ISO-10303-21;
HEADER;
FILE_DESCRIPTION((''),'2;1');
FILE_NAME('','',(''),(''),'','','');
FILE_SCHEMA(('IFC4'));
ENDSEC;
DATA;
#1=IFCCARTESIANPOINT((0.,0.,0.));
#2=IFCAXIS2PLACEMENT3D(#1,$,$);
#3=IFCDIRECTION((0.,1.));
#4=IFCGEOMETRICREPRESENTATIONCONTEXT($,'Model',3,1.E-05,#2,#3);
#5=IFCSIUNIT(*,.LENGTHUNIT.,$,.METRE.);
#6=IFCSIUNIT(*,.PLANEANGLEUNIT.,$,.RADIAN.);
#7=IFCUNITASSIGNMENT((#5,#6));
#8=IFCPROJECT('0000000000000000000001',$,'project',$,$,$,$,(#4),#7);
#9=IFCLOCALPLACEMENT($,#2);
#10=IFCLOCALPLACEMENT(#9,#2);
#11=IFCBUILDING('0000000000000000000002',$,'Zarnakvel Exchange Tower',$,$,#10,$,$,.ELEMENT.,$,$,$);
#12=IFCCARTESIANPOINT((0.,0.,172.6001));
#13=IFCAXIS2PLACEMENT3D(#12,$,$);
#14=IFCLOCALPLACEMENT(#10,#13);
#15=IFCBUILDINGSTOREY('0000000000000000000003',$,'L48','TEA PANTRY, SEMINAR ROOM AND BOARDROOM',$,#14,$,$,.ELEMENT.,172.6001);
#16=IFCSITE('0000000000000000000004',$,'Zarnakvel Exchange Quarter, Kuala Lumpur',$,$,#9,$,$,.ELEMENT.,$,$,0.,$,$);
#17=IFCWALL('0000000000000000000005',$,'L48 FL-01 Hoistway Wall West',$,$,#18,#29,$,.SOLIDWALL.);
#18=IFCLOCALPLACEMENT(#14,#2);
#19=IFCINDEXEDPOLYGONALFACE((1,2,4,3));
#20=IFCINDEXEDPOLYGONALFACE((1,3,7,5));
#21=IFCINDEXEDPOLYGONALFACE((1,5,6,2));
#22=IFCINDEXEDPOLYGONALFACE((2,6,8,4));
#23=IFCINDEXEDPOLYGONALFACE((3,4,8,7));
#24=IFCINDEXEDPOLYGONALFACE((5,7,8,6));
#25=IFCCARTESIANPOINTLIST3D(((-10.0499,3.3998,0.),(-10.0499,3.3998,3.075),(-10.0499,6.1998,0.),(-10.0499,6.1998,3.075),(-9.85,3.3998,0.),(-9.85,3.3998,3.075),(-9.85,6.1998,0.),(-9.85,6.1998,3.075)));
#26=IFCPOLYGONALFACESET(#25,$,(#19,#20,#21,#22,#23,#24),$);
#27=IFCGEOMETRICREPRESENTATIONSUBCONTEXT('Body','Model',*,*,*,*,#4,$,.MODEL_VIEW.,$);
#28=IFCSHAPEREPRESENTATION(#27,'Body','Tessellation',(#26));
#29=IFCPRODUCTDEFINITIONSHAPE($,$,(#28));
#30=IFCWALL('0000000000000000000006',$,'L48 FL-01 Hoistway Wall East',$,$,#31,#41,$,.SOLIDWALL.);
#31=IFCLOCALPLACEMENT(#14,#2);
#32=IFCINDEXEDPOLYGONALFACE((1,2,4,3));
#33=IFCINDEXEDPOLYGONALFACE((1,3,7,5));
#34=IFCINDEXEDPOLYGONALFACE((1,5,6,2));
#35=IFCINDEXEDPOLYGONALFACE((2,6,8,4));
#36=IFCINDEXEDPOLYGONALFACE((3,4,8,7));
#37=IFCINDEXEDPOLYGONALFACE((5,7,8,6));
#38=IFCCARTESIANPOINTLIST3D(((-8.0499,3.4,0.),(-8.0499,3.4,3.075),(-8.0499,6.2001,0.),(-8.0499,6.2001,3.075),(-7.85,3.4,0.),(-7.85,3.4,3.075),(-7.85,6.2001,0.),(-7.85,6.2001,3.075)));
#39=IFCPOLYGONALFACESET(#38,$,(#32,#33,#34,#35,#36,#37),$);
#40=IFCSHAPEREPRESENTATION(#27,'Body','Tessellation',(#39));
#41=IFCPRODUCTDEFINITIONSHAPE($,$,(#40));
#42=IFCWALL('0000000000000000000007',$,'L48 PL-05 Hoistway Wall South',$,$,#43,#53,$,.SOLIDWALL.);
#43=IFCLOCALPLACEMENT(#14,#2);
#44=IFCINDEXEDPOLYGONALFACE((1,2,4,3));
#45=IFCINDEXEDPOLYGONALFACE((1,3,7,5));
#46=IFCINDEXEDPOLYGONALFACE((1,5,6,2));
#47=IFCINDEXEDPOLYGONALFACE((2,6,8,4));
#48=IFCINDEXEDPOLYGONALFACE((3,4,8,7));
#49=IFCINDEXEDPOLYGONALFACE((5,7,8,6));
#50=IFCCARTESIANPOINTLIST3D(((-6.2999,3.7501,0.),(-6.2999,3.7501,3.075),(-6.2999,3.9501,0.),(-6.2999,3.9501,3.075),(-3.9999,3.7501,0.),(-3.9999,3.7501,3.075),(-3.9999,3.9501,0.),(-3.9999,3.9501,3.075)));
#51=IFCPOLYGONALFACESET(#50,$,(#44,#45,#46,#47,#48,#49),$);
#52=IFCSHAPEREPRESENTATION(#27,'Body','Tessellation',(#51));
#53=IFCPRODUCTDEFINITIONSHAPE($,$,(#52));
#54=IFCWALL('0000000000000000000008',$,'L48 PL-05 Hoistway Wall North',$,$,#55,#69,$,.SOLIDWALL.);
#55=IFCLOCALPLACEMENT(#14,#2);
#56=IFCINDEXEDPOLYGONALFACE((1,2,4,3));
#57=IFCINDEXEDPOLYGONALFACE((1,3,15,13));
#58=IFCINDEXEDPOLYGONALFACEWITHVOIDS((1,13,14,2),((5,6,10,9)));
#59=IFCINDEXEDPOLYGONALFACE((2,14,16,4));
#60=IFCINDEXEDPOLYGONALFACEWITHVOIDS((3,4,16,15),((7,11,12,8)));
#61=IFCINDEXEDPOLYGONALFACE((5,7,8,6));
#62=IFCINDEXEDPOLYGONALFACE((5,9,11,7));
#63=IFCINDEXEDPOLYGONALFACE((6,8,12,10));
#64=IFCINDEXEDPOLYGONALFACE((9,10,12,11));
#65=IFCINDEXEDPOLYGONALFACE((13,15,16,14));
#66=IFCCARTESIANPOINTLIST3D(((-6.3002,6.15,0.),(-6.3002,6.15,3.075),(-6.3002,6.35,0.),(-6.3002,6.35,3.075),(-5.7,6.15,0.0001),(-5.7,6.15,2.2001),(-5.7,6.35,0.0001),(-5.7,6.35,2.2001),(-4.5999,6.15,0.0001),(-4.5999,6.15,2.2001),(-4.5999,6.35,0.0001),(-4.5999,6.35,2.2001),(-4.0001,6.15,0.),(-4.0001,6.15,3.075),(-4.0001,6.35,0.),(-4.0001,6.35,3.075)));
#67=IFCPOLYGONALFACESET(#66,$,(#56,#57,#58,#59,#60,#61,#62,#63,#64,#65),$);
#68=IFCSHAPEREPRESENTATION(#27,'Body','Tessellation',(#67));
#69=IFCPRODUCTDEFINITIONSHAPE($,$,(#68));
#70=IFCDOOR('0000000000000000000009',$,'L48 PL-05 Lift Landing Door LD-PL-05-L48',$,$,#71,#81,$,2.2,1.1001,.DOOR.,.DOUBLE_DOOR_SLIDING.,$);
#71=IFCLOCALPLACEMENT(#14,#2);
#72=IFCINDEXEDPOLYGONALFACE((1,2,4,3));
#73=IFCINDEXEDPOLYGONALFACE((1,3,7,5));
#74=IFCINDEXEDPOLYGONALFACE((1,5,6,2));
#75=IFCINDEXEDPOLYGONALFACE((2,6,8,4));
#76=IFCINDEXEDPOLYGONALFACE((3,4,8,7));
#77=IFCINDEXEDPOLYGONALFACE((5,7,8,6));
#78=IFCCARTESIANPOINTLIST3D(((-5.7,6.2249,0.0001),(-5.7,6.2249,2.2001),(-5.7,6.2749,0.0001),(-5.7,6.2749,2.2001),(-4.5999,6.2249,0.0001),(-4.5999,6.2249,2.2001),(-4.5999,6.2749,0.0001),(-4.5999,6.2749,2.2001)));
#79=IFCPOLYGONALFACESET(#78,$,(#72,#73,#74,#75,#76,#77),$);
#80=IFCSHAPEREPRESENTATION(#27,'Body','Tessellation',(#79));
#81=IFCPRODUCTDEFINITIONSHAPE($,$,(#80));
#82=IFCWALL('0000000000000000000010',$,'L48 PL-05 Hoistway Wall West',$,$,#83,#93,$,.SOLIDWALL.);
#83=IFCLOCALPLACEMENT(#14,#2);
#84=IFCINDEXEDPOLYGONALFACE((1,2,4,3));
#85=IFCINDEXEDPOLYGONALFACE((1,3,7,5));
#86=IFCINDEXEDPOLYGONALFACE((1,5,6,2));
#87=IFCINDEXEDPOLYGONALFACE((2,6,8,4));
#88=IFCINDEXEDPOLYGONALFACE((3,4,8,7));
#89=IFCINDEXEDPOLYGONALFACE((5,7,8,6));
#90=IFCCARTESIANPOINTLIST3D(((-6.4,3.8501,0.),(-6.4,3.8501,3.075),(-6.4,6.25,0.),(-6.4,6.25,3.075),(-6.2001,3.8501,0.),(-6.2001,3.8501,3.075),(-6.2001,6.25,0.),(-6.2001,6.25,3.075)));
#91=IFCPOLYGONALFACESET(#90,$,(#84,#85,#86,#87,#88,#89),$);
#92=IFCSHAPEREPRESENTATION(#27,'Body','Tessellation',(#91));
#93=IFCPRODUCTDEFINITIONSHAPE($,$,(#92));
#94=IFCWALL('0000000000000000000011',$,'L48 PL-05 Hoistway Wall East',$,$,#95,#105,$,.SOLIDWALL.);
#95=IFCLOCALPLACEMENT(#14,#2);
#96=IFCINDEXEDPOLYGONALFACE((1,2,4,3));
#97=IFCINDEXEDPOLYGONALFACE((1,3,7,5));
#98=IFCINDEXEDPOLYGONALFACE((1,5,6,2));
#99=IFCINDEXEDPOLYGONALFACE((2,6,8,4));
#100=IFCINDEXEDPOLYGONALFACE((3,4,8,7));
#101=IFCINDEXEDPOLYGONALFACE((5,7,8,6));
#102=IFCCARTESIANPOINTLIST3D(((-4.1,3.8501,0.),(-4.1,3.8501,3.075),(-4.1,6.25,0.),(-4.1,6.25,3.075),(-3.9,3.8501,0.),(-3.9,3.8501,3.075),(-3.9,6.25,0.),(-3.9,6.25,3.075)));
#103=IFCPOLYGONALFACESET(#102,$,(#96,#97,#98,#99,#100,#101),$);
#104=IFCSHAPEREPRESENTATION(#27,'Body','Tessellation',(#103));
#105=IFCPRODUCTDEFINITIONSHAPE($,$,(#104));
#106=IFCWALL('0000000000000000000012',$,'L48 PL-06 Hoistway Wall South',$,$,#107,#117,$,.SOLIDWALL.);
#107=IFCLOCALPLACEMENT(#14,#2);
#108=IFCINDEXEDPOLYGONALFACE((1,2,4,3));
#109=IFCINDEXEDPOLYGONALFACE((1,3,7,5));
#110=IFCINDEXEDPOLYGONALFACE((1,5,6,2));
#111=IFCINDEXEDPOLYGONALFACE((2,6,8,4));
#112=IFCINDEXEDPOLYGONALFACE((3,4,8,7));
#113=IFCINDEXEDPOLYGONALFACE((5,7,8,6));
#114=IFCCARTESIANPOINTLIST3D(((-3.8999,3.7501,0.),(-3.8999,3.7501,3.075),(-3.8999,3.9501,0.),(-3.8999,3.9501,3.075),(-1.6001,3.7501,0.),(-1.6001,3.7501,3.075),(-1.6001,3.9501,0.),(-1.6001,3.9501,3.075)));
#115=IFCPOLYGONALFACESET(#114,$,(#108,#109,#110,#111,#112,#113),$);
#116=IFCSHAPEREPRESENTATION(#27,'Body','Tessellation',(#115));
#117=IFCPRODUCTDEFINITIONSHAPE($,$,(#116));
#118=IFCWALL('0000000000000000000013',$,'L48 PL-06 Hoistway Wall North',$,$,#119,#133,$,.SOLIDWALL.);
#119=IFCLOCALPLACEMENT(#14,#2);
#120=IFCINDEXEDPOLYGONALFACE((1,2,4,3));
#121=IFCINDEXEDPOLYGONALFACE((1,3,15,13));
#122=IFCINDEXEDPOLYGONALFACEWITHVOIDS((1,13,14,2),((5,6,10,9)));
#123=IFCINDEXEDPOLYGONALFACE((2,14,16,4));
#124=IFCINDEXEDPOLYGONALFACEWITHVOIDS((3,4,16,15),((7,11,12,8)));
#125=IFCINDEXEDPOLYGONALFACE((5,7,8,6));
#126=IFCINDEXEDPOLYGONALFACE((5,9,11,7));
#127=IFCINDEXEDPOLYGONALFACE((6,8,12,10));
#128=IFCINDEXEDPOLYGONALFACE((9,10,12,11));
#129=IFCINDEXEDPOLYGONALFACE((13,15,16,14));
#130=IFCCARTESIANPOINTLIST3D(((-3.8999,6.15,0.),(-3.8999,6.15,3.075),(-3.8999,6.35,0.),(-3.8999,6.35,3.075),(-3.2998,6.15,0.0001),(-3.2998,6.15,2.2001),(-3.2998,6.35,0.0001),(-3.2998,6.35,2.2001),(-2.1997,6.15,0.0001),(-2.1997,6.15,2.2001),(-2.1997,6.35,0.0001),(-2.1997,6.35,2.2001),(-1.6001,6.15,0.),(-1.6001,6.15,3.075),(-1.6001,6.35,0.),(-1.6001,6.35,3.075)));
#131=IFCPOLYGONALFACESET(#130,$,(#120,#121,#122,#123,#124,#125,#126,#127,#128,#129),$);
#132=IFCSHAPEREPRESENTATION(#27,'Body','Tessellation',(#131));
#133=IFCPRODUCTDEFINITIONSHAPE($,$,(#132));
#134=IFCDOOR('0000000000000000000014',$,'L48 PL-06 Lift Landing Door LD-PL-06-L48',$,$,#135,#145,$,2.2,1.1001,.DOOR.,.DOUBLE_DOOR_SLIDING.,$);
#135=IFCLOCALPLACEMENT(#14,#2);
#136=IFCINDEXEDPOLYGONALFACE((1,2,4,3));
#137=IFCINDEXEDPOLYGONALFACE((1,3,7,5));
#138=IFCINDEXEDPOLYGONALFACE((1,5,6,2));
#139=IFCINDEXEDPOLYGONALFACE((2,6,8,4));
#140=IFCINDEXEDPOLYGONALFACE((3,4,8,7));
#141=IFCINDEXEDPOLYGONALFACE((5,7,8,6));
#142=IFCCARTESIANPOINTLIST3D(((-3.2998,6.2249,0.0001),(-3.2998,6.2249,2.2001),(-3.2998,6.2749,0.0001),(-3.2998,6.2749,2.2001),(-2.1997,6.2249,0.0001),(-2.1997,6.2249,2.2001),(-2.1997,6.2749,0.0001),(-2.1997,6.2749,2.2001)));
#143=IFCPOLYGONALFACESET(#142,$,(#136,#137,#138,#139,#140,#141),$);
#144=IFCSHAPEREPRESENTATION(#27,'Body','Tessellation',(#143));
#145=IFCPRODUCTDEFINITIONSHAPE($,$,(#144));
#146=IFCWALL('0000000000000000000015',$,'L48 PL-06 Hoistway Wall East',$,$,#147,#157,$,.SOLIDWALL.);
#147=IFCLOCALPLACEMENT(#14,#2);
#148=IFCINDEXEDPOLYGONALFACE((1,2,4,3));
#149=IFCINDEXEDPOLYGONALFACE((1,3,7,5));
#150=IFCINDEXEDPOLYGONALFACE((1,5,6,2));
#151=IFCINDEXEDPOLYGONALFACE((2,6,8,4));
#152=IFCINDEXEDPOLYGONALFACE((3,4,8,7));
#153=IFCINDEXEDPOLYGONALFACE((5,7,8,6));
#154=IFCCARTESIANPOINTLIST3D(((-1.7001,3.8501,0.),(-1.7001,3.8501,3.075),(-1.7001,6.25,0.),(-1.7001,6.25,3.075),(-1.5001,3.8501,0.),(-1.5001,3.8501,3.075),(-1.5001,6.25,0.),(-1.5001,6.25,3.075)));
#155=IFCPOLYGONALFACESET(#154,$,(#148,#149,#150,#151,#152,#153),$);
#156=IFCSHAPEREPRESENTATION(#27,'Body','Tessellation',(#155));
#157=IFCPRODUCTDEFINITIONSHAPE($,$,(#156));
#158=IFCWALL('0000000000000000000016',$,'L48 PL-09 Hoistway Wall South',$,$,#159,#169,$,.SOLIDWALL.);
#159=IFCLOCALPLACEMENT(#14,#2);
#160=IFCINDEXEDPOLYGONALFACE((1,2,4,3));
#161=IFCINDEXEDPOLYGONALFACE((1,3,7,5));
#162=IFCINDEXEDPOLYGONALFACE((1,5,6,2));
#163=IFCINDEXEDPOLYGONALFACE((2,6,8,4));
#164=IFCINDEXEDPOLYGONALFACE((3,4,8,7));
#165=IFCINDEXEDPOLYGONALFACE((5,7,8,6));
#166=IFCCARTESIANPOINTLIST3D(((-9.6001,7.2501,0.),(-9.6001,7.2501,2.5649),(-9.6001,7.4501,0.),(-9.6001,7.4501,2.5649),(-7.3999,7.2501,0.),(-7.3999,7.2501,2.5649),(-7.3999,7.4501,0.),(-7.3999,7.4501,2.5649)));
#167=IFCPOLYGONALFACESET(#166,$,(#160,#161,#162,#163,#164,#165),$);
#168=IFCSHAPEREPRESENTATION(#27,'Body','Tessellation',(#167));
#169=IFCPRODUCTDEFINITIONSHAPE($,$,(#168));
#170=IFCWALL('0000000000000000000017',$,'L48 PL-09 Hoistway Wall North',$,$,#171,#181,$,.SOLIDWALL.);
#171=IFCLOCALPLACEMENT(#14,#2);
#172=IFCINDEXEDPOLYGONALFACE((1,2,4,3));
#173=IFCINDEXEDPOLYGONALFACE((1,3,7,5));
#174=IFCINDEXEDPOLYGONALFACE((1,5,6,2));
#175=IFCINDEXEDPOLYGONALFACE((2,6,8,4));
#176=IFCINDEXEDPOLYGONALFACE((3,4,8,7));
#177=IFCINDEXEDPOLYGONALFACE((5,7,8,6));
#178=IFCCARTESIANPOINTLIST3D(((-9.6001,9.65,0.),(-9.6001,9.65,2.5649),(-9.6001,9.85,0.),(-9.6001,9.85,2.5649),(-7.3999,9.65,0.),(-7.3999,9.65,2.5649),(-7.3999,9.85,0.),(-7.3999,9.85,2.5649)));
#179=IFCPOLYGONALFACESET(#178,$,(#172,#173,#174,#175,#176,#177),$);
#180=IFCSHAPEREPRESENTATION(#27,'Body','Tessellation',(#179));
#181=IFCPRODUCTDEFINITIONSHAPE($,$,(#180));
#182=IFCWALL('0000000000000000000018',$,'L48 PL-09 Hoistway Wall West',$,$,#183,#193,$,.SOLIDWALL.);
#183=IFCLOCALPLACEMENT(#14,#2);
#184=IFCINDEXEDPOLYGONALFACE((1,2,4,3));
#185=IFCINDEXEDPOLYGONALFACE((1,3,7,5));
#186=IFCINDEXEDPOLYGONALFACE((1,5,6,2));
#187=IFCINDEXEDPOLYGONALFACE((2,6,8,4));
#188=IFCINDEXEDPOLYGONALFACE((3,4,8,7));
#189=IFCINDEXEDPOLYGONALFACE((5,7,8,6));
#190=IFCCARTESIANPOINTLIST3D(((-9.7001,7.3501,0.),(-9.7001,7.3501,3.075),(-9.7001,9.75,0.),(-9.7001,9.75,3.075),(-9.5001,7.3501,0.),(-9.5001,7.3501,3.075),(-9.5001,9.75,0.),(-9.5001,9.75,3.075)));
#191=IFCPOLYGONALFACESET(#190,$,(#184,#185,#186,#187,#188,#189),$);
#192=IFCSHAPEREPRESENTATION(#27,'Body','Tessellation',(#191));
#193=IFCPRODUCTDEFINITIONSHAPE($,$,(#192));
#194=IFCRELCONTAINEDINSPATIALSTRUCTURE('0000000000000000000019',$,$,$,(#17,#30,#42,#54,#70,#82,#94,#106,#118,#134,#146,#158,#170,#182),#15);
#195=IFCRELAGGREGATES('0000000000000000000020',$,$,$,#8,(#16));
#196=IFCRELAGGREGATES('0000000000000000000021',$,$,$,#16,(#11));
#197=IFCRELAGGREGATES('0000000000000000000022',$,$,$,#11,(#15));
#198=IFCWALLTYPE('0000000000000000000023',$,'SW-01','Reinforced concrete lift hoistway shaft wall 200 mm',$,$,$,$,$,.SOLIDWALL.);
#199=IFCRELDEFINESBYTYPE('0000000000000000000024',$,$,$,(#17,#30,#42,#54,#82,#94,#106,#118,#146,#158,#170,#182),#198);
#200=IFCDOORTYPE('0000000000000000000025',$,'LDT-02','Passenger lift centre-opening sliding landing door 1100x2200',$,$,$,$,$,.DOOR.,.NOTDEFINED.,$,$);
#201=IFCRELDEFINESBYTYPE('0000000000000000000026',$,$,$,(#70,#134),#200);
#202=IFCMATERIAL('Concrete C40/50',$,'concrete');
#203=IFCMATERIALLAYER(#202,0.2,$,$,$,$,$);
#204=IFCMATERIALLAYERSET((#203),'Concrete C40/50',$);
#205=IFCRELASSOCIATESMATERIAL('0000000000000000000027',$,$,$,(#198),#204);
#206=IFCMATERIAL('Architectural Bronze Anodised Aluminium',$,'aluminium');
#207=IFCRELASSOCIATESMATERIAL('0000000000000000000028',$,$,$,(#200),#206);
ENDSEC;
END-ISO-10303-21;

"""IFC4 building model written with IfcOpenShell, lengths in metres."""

from ifc_helpers import new_model, si_unit, direction, frame, frame_2d, origin, place, context, subcontext, project, spatial, rectangle, extrude, source, transform, mapped, material, layer, layer_set, type_object, element, fill, save


model = new_model("IFC4")

# Units and contexts
model_context = context("Model", 3, precision=1e-05, world=origin(), true_north=direction((0.0, 1.0)))
body_context = subcontext(model_context, "Body", "Model", "MODEL_VIEW")
ifc_project = project(units=[si_unit("LENGTHUNIT", "METRE"), si_unit("PLANEANGLEUNIT", "RADIAN")], contexts=[model_context])

# Site, building, storey
site_placement = place(None, origin())
site = spatial("IfcSite", under=ifc_project, at=site_placement, Name="Zarnakvel Exchange Quarter, Kuala Lumpur", CompositionType="ELEMENT", RefElevation=0.0)
building_placement = place(site_placement, origin())
building = spatial("IfcBuilding", under=site, at=building_placement, Name="Zarnakvel Exchange Tower", CompositionType="ELEMENT")
storey_placement = place(building_placement, frame((0.0, 0.0, 172.6001)))
storey = spatial("IfcBuildingStorey", under=building, at=storey_placement, Name="L48", Description="TEA PANTRY, SEMINAR ROOM AND BOARDROOM", CompositionType="ELEMENT", Elevation=172.6001)

# Shared definitions
ifc_material_1 = material(Name="Concrete C40/50", Category="concrete")
ifc_layer_1 = layer(ifc_material_1, 0.2)
ifc_layer_set_1 = layer_set([ifc_layer_1], Name="Concrete C40/50")
wall_type_1 = type_object("IfcWallType", Name="SW-01", Description="Reinforced concrete lift hoistway shaft wall 200 mm", PredefinedType="SOLIDWALL", material=ifc_layer_set_1)
shared_shape_1 = source(origin(), body_context, "Body", "SweptSolid", [
    extrude(rectangle(XDim=1.1001, YDim=2.2, at=frame_2d((0.55, 1.1001))), frame((0.0, 0.0249, 0.0), z_axis=(0.0, -1.0, 0.0), x_axis=(1.0, 0.0, 0.0)), (0.0, 0.0, 1.0), 0.05),
])

# Walls
for number, where, z_axis, x_axis, name in (
    (1, (-9.95, 3.3999, 0.0), (0.0, 0.0, 1.0), (0.0, 1.0, 0.0), "L48 FL-01 Hoistway Wall West"),
    (2, (-7.95, 6.2, 0.0), (0.0, 0.0, 1.0), (0.0, -1.0, 0.0), "L48 FL-01 Hoistway Wall East"),
):
    element("IfcWall", number, at=place(storey_placement, frame(where, z_axis=z_axis, x_axis=x_axis)), inside=storey, type_object=wall_type_1, Name=name, PredefinedType="SOLIDWALL", context=body_context, shape_type="SweptSolid", body=[
        extrude(rectangle(XDim=2.8, YDim=0.2, at=frame_2d((1.3999, 0.0))), origin(), (0.0, 0.0, 1.0), 3.075),
    ])
wall_1_placement = place(storey_placement, frame((-4.0, 3.8501, 0.0), z_axis=(0.0, 0.0, 1.0), x_axis=(-1.0, 0.0, 0.0)))
element("IfcWall", 3, at=wall_1_placement, inside=storey, type_object=wall_type_1, Name="L48 PL-05 Hoistway Wall South", PredefinedType="SOLIDWALL", context=body_context, shape_type="SweptSolid", body=[
    extrude(rectangle(XDim=2.3, YDim=0.2, at=frame_2d((1.1499, 0.0))), origin(), (0.0, 0.0, 1.0), 3.075),
])

# Wall, opening, door
wall_2_placement = place(storey_placement, frame((-6.3, 6.25, 0.0), z_axis=(0.0, 0.0, 1.0), x_axis=(1.0, 0.0, 0.0)))
wall_2 = element("IfcWall", 4, at=wall_2_placement, inside=storey, type_object=wall_type_1, Name="L48 PL-05 Hoistway Wall North", PredefinedType="SOLIDWALL", context=body_context, shape_type="SweptSolid", body=[
    extrude(rectangle(XDim=2.3, YDim=0.2, at=frame_2d((1.1499, 0.0))), origin(), (0.0, 0.0, 1.0), 3.075),
])
opening_1_placement = place(wall_2_placement, frame((0.6001, 0.0, 0.0)))
opening_1 = element("IfcOpeningElement", 5, at=opening_1_placement, cuts=wall_2, PredefinedType="OPENING", context=body_context, shape_type="SweptSolid", body=[
    extrude(rectangle(XDim=1.1001, YDim=2.2, at=frame_2d((0.55, 1.1001))), frame((0.0, 0.1099, 0.0), z_axis=(0.0, -1.0, 0.0), x_axis=(1.0, 0.0, 0.0)), (0.0, 0.0, 1.0), 0.22),
])
ifc_material_2 = material(Name="Architectural Bronze Anodised Aluminium", Category="aluminium")
door_type_1 = type_object("IfcDoorType", Name="LDT-02", Description="Passenger lift centre-opening sliding landing door 1100x2200", OperationType="NOTDEFINED", PredefinedType="DOOR", material=ifc_material_2)
door_1_placement = place(opening_1_placement, origin())
door_1 = element("IfcDoor", 6, at=door_1_placement, inside=storey, type_object=door_type_1, Name="L48 PL-05 Lift Landing Door LD-PL-05-L48", OperationType="DOUBLE_DOOR_SLIDING", OverallHeight=2.2, OverallWidth=1.1001, PredefinedType="DOOR", context=body_context, shape_type="MappedRepresentation", body=[
    mapped(shared_shape_1, transform((0.0, 0.0, 0.0), x_axis=(1.0, 0.0, 0.0), y_axis=(0.0, 1.0, 0.0), z_axis=(0.0, 0.0, 1.0), scale=1.0)),
])
fill(opening_1, door_1)

# Walls
for number, where, z_axis, x_axis, name in (
    (7, (-6.3, 3.8501, 0.0), (0.0, 0.0, 1.0), (0.0, 1.0, 0.0), "L48 PL-05 Hoistway Wall West"),
    (8, (-4.0, 6.25, 0.0), (0.0, 0.0, 1.0), (0.0, -1.0, 0.0), "L48 PL-05 Hoistway Wall East"),
):
    element("IfcWall", number, at=place(storey_placement, frame(where, z_axis=z_axis, x_axis=x_axis)), inside=storey, type_object=wall_type_1, Name=name, PredefinedType="SOLIDWALL", context=body_context, shape_type="SweptSolid", body=[
        extrude(rectangle(XDim=2.3999, YDim=0.2, at=frame_2d((1.2, 0.0))), origin(), (0.0, 0.0, 1.0), 3.075),
    ])
wall_3_placement = place(storey_placement, frame((-1.6001, 3.8501, 0.0), z_axis=(0.0, 0.0, 1.0), x_axis=(-1.0, 0.0, 0.0)))
element("IfcWall", 9, at=wall_3_placement, inside=storey, type_object=wall_type_1, Name="L48 PL-06 Hoistway Wall South", PredefinedType="SOLIDWALL", context=body_context, shape_type="SweptSolid", body=[
    extrude(rectangle(XDim=2.2998, YDim=0.2, at=frame_2d((1.1499, 0.0))), origin(), (0.0, 0.0, 1.0), 3.075),
])

# Wall, opening, door
wall_4_placement = place(storey_placement, frame((-3.8999, 6.25, 0.0), z_axis=(0.0, 0.0, 1.0), x_axis=(1.0, 0.0, 0.0)))
wall_4 = element("IfcWall", 10, at=wall_4_placement, inside=storey, type_object=wall_type_1, Name="L48 PL-06 Hoistway Wall North", PredefinedType="SOLIDWALL", context=body_context, shape_type="SweptSolid", body=[
    extrude(rectangle(XDim=2.2998, YDim=0.2, at=frame_2d((1.1499, 0.0))), origin(), (0.0, 0.0, 1.0), 3.075),
])
opening_2_placement = place(wall_4_placement, frame((0.6001, 0.0, 0.0)))
opening_2 = element("IfcOpeningElement", 11, at=opening_2_placement, cuts=wall_4, PredefinedType="OPENING", context=body_context, shape_type="SweptSolid", body=[
    extrude(rectangle(XDim=1.1001, YDim=2.2, at=frame_2d((0.55, 1.1001))), frame((0.0, 0.1099, 0.0), z_axis=(0.0, -1.0, 0.0), x_axis=(1.0, 0.0, 0.0)), (0.0, 0.0, 1.0), 0.22),
])
door_2_placement = place(opening_2_placement, origin())
door_2 = element("IfcDoor", 12, at=door_2_placement, inside=storey, type_object=door_type_1, Name="L48 PL-06 Lift Landing Door LD-PL-06-L48", OperationType="DOUBLE_DOOR_SLIDING", OverallHeight=2.2, OverallWidth=1.1001, PredefinedType="DOOR", context=body_context, shape_type="MappedRepresentation", body=[
    mapped(shared_shape_1, transform((0.0, 0.0, 0.0), x_axis=(1.0, 0.0, 0.0), y_axis=(0.0, 1.0, 0.0), z_axis=(0.0, 0.0, 1.0), scale=1.0)),
])
fill(opening_2, door_2)

# Walls
wall_5_placement = place(storey_placement, frame((-1.6001, 6.25, 0.0), z_axis=(0.0, 0.0, 1.0), x_axis=(0.0, -1.0, 0.0)))
element("IfcWall", 13, at=wall_5_placement, inside=storey, type_object=wall_type_1, Name="L48 PL-06 Hoistway Wall East", PredefinedType="SOLIDWALL", context=body_context, shape_type="SweptSolid", body=[
    extrude(rectangle(XDim=2.3999, YDim=0.2, at=frame_2d((1.2, 0.0))), origin(), (0.0, 0.0, 1.0), 3.075),
])
for number, where, z_axis, x_axis, name in (
    (14, (-7.3999, 7.3501, 0.0), (0.0, 0.0, 1.0), (-1.0, 0.0, 0.0), "L48 PL-09 Hoistway Wall South"),
    (15, (-9.6001, 9.75, 0.0), (0.0, 0.0, 1.0), (1.0, 0.0, 0.0), "L48 PL-09 Hoistway Wall North"),
):
    element("IfcWall", number, at=place(storey_placement, frame(where, z_axis=z_axis, x_axis=x_axis)), inside=storey, type_object=wall_type_1, Name=name, PredefinedType="SOLIDWALL", context=body_context, shape_type="SweptSolid", body=[
        extrude(rectangle(XDim=2.2002, YDim=0.2, at=frame_2d((1.1001, 0.0))), origin(), (0.0, 0.0, 1.0), 2.5649),
    ])
wall_6_placement = place(storey_placement, frame((-9.6001, 7.3501, 0.0), z_axis=(0.0, 0.0, 1.0), x_axis=(0.0, 1.0, 0.0)))
element("IfcWall", 16, at=wall_6_placement, inside=storey, type_object=wall_type_1, Name="L48 PL-09 Hoistway Wall West", PredefinedType="SOLIDWALL", context=body_context, shape_type="SweptSolid", body=[
    extrude(rectangle(XDim=2.3999, YDim=0.2, at=frame_2d((1.2, 0.0))), origin(), (0.0, 0.0, 1.0), 3.075),
])

save(model, "model.ifc")
